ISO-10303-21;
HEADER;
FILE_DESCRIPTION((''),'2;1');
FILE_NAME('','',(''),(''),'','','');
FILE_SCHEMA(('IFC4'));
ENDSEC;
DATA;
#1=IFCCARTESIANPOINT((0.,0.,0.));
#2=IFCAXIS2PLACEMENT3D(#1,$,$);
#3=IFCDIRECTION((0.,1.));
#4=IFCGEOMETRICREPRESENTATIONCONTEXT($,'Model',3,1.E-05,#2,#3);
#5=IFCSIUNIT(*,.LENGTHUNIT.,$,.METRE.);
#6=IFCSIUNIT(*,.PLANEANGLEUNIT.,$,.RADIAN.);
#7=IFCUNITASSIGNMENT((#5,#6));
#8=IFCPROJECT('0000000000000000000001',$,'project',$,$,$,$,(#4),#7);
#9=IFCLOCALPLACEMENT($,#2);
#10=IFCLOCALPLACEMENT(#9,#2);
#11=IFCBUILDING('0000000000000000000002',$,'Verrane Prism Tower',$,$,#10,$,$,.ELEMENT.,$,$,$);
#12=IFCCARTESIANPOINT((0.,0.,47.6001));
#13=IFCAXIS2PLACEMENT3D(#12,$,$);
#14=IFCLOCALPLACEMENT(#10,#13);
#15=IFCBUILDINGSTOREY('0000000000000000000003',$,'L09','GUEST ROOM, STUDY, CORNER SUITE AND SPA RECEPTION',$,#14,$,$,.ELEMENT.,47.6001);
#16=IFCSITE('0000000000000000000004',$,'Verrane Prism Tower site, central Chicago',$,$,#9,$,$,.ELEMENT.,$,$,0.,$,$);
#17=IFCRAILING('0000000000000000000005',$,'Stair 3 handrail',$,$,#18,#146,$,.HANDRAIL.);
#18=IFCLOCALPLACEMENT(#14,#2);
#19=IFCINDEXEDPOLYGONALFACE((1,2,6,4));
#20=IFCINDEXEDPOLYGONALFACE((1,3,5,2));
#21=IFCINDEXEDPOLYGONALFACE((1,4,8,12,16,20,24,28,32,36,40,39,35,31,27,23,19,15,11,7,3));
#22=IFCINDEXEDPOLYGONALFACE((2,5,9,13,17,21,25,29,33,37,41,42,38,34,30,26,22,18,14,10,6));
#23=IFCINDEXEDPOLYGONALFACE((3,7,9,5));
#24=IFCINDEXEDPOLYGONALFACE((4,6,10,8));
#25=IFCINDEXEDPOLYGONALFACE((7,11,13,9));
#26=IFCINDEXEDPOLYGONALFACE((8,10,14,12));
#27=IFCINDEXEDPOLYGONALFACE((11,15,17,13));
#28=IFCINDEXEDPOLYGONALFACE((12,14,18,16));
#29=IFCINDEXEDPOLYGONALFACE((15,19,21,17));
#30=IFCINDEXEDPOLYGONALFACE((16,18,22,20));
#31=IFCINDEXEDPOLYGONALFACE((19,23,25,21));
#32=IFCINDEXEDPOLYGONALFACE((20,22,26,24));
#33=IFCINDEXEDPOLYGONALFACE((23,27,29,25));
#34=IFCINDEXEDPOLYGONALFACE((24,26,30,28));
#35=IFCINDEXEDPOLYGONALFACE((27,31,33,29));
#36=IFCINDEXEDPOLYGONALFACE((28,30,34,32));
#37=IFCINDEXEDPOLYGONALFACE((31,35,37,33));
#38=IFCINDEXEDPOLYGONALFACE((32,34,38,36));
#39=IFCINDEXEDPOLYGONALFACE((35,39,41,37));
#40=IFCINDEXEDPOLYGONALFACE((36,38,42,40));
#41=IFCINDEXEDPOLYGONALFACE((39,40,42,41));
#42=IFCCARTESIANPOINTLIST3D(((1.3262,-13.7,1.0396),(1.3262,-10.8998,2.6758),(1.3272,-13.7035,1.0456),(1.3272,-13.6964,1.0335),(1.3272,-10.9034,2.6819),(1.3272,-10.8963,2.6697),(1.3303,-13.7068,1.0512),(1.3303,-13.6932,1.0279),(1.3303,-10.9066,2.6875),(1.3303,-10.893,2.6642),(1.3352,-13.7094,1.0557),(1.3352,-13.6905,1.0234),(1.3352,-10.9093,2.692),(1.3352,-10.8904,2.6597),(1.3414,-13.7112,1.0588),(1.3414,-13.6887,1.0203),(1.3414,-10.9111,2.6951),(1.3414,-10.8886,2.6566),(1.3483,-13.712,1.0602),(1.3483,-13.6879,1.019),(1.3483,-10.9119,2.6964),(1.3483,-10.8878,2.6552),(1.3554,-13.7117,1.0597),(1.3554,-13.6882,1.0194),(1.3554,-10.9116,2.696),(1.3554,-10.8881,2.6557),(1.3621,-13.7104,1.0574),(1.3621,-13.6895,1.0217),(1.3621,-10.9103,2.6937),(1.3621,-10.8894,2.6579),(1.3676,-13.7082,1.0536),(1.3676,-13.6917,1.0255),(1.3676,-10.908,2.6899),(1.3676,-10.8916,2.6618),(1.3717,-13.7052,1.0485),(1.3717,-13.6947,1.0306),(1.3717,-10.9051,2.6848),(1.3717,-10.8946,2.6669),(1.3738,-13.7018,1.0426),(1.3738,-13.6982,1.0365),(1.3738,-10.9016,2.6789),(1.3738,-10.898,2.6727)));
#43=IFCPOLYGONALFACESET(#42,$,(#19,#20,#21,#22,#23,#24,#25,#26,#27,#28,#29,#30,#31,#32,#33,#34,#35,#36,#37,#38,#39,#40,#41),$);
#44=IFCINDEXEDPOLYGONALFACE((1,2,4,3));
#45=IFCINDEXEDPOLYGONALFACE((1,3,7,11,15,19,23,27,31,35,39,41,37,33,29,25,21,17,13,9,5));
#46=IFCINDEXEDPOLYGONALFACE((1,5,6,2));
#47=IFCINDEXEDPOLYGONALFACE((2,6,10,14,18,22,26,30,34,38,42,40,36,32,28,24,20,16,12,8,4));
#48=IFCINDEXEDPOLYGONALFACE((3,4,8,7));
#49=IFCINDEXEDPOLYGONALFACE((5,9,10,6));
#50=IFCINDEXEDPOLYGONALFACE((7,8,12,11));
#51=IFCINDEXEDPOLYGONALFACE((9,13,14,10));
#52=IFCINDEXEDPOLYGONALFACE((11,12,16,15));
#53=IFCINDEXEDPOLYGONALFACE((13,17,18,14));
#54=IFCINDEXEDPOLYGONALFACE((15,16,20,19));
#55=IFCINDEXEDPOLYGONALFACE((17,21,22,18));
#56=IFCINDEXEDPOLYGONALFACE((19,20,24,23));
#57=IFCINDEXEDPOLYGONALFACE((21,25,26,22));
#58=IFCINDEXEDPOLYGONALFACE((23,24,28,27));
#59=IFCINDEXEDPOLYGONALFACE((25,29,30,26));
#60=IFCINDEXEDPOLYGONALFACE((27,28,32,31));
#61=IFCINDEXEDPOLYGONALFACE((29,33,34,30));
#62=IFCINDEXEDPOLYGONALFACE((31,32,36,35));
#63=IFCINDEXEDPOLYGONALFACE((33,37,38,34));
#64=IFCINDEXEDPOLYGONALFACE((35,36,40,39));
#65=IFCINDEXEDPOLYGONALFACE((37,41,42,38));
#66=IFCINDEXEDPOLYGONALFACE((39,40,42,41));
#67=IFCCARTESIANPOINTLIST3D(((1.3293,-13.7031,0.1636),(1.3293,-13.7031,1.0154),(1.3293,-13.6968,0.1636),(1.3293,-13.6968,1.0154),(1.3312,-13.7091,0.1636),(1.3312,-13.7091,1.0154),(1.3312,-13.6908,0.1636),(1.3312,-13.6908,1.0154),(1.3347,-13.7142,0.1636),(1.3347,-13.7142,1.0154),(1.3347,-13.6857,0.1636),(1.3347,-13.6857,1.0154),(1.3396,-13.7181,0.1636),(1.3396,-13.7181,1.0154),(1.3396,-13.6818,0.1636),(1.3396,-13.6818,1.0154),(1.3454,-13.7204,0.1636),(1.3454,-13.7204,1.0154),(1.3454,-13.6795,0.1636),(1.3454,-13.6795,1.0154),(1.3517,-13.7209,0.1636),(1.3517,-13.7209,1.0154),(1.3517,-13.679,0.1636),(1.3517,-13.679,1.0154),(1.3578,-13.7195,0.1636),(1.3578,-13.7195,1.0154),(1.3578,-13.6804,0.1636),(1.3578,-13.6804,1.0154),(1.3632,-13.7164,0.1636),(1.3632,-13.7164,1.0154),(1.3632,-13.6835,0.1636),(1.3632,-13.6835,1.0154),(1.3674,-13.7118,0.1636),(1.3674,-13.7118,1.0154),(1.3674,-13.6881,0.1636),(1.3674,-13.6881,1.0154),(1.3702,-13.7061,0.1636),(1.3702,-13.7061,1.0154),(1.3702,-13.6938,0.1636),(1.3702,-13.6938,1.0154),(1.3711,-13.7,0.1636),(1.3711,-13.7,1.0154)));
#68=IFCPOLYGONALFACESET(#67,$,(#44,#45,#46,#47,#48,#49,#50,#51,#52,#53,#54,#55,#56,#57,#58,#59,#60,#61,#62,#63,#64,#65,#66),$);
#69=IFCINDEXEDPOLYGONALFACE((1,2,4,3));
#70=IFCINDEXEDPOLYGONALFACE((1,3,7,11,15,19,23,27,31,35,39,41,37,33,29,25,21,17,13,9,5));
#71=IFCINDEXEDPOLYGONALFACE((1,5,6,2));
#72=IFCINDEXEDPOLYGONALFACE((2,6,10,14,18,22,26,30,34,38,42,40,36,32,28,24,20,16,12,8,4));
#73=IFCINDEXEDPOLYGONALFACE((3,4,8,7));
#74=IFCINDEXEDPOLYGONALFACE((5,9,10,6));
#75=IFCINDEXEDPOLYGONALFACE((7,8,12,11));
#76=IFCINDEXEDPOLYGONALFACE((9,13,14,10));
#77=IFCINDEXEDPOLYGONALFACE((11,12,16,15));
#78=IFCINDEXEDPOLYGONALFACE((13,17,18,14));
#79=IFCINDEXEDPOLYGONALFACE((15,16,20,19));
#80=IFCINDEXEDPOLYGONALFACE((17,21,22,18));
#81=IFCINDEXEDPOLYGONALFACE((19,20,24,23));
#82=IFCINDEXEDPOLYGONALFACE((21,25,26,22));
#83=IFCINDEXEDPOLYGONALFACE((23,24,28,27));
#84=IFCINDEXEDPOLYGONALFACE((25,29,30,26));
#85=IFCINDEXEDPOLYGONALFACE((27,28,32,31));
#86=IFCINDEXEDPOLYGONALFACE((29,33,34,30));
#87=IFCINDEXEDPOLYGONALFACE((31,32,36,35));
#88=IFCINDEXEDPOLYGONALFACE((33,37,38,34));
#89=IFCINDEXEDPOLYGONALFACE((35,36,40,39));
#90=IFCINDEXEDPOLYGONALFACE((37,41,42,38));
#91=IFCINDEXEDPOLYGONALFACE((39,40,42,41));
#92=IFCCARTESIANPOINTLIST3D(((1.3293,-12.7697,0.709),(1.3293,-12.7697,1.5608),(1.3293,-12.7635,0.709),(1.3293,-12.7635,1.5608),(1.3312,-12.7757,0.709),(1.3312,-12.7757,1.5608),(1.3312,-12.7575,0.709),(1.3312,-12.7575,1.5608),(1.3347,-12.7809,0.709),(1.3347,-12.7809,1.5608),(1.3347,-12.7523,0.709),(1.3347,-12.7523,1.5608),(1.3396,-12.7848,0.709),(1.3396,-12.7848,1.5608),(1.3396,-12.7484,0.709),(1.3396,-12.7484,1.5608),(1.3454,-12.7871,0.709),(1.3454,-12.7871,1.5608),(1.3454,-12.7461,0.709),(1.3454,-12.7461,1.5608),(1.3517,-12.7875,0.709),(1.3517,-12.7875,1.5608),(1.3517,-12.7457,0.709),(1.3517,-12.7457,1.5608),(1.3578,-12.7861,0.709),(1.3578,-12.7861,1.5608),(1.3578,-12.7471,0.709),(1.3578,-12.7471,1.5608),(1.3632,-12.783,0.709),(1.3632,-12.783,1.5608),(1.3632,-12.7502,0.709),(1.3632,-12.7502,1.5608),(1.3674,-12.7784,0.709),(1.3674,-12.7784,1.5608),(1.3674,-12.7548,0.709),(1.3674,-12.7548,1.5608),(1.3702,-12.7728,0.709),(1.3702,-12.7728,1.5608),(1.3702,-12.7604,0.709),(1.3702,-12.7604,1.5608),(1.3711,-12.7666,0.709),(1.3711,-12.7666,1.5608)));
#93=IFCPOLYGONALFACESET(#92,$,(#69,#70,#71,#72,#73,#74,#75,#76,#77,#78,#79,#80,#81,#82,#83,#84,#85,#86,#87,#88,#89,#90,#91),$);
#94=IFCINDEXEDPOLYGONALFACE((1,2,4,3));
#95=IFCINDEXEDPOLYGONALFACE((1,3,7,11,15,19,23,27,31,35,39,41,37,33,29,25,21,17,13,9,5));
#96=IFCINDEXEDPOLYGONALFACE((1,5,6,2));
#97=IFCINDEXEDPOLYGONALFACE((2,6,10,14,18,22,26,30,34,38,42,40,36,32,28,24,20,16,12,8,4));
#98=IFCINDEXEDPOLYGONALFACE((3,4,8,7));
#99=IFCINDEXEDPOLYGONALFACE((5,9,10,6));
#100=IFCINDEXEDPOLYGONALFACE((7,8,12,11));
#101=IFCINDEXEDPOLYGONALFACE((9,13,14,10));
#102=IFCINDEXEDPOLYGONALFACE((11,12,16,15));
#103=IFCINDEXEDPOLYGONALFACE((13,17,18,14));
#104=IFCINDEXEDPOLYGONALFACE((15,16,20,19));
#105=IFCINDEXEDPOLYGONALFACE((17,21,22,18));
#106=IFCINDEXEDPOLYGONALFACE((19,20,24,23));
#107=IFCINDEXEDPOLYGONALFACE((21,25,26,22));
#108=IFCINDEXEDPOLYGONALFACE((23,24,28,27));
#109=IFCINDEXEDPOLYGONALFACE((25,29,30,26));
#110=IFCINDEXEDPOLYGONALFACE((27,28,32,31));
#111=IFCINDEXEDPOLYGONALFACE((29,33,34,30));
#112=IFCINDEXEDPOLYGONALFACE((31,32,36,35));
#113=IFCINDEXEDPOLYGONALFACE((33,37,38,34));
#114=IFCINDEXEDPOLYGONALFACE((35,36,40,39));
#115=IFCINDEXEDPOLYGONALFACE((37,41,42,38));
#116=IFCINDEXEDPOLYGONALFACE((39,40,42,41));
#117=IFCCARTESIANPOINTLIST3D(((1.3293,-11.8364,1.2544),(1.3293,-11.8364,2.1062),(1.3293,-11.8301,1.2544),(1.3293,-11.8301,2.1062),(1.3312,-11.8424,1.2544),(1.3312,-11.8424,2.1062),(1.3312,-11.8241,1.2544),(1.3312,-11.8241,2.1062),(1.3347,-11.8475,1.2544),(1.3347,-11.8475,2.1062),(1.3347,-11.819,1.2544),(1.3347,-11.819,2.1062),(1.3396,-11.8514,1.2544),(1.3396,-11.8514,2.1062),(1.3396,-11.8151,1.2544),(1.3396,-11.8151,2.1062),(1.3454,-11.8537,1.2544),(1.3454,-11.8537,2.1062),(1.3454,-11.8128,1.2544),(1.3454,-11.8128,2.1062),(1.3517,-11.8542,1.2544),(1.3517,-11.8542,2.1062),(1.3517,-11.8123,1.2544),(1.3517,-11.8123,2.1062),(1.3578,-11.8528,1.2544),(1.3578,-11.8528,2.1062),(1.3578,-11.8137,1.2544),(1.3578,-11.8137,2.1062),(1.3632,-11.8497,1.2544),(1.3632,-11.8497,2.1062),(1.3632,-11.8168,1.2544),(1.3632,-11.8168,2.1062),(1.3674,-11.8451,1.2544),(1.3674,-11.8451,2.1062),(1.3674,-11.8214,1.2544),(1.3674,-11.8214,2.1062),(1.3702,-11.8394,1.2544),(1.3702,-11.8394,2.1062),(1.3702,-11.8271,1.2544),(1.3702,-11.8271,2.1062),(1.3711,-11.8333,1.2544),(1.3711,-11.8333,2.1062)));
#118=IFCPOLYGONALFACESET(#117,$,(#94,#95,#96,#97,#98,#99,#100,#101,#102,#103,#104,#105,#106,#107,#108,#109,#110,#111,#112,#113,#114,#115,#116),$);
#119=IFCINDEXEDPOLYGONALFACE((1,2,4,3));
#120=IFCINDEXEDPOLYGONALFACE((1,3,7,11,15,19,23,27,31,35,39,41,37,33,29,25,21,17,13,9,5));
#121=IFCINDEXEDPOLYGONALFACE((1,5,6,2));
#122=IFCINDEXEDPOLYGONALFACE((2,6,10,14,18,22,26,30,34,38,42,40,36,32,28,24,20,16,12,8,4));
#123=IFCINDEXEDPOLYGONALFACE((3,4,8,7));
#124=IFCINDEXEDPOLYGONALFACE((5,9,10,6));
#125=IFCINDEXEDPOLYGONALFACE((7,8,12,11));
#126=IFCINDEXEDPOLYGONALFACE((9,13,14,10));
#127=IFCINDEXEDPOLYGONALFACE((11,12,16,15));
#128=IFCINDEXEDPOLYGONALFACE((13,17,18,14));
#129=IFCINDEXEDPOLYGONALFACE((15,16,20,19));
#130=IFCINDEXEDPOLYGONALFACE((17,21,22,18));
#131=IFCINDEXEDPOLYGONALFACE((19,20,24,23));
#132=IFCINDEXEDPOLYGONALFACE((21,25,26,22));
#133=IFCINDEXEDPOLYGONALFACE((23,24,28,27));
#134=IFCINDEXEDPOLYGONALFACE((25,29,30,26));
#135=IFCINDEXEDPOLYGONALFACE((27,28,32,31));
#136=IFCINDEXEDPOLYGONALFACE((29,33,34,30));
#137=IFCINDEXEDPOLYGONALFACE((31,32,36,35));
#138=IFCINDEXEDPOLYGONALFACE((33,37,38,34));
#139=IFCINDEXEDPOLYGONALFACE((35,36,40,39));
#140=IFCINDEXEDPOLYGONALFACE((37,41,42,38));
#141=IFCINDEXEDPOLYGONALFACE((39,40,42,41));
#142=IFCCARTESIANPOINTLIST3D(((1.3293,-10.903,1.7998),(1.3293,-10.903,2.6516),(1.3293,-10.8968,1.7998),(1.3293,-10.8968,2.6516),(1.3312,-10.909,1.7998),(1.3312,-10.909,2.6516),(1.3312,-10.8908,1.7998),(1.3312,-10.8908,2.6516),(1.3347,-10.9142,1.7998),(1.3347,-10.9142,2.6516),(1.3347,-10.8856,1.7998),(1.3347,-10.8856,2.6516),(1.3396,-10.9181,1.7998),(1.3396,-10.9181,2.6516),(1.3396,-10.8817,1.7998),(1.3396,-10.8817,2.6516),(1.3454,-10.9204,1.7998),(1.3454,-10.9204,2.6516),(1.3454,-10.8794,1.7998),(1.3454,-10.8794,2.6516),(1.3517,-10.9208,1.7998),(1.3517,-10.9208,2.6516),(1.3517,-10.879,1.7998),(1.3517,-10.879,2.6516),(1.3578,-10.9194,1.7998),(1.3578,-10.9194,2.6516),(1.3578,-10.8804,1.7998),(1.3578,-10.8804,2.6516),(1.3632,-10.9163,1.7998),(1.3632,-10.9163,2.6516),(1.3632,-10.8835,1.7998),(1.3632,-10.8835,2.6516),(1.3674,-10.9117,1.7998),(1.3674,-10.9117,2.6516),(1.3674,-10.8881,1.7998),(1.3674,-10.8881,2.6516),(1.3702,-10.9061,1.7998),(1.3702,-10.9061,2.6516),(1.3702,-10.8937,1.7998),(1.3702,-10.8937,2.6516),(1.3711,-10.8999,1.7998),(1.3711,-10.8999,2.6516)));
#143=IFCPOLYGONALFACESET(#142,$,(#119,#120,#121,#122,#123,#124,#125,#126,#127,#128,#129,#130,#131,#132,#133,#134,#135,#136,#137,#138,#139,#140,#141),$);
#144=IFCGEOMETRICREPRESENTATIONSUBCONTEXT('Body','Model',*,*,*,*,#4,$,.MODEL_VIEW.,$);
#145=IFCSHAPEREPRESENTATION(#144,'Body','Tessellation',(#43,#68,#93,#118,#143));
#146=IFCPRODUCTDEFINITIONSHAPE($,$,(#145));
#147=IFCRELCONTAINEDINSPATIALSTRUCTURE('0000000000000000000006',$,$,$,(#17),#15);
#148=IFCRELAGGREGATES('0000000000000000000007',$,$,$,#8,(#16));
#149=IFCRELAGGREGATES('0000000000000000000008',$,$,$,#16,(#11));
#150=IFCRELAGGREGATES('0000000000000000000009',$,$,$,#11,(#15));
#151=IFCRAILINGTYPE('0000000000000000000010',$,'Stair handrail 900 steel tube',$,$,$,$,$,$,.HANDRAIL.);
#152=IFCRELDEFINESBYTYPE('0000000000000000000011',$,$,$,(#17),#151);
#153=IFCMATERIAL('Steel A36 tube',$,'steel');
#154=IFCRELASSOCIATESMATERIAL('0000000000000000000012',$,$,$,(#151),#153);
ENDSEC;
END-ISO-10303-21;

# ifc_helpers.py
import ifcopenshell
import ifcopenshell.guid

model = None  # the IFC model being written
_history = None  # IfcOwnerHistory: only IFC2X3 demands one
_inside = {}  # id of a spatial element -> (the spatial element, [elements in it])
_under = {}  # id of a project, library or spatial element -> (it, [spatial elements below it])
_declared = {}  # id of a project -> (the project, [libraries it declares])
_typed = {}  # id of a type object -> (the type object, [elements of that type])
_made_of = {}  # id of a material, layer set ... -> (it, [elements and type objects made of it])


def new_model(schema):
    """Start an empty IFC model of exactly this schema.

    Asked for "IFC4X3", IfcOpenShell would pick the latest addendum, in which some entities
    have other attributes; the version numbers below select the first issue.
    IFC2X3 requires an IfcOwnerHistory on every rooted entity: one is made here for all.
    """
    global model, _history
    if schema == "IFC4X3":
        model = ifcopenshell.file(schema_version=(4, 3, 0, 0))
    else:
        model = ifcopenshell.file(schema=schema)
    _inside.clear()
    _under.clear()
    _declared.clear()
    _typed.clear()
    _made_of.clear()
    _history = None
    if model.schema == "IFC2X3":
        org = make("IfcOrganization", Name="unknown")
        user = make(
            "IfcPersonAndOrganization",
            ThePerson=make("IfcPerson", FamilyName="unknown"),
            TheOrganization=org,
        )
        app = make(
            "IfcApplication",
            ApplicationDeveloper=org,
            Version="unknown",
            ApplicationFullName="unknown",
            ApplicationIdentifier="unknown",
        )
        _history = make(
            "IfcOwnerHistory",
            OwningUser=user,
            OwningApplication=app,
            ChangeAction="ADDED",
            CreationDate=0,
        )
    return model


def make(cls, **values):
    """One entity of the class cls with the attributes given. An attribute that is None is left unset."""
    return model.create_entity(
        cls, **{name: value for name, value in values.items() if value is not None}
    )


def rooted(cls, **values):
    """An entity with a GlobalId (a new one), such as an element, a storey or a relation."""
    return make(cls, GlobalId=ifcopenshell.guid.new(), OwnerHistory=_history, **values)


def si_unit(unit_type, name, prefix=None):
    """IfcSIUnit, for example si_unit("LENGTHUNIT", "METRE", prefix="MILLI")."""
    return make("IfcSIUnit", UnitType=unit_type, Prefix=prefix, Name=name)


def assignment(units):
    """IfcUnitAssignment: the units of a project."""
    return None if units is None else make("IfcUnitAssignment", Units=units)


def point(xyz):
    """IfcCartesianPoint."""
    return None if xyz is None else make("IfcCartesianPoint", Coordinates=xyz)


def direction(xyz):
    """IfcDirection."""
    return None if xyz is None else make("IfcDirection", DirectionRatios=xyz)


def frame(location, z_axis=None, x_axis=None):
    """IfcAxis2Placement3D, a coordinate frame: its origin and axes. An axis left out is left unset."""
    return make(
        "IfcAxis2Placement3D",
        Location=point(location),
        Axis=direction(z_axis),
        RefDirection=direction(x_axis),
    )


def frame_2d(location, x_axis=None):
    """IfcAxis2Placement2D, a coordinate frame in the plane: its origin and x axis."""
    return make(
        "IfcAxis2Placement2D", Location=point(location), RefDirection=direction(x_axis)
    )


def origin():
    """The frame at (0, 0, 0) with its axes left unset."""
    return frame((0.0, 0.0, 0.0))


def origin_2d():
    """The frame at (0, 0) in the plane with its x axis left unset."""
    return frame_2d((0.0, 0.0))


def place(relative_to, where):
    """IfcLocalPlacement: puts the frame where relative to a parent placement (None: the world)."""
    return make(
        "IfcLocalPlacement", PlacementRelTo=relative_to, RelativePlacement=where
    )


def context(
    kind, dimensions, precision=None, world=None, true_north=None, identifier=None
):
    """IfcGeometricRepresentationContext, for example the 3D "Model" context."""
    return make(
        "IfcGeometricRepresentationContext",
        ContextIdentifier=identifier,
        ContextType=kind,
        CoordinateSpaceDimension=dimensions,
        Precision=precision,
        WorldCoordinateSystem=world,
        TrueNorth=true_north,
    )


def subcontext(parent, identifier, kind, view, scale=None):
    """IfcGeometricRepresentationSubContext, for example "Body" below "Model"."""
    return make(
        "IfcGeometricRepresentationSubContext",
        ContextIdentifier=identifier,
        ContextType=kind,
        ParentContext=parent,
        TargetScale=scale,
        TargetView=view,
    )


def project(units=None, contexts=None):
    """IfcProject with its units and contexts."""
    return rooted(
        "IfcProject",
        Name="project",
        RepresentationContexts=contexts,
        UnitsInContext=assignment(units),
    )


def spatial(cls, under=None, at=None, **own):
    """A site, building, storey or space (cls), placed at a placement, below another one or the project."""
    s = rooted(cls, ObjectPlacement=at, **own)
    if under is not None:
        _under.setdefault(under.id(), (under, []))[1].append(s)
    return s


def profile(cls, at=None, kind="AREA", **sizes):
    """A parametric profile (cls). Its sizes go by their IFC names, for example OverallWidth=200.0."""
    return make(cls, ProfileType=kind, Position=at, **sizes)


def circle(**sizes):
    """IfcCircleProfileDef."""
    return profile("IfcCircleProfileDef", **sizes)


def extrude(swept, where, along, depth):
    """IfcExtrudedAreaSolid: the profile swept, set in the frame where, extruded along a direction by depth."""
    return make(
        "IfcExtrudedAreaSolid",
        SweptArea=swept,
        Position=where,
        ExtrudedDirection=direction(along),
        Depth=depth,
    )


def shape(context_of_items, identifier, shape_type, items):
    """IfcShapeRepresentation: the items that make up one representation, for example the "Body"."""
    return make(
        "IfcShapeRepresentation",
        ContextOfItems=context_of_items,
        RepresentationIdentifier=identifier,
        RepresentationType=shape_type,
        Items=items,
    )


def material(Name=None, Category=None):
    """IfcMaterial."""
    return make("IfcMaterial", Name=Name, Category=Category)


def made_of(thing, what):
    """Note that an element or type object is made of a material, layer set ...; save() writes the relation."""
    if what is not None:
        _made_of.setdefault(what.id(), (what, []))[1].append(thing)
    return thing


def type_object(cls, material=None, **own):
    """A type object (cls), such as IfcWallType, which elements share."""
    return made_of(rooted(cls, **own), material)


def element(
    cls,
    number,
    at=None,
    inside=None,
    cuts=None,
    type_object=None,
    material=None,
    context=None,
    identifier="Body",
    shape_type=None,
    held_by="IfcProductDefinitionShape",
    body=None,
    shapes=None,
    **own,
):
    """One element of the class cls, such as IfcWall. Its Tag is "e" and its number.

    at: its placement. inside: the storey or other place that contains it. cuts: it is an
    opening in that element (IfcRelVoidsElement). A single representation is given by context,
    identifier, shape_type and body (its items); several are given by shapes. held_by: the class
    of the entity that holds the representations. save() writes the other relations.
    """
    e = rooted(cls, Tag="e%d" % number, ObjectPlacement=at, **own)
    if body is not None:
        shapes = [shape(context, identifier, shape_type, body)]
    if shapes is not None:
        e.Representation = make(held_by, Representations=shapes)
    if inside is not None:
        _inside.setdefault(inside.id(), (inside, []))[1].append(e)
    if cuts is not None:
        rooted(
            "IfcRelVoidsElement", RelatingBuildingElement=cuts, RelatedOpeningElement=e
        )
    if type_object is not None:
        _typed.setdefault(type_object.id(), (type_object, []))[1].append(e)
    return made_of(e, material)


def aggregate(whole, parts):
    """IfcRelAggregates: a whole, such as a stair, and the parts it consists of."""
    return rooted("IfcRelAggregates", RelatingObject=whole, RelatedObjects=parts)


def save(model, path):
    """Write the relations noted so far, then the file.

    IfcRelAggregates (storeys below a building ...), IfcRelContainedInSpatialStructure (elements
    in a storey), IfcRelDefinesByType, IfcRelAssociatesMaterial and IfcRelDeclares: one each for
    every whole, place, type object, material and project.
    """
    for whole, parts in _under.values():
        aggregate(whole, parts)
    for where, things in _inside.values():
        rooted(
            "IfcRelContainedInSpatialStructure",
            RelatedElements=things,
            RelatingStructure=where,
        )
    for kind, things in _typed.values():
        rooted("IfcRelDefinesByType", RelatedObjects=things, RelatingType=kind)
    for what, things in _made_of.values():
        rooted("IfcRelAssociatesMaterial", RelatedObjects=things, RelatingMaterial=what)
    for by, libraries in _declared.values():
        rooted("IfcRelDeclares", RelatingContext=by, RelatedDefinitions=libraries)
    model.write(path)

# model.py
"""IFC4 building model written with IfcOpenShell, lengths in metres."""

from ifc_helpers import new_model, si_unit, direction, frame, origin, origin_2d, place, context, subcontext, project, spatial, circle, extrude, material, type_object, element, save


model = new_model("IFC4")

# Units and contexts
model_context = context("Model", 3, precision=1e-05, world=origin(), true_north=direction((0.0, 1.0)))
body_context = subcontext(model_context, "Body", "Model", "MODEL_VIEW")
ifc_project = project(units=[si_unit("LENGTHUNIT", "METRE"), si_unit("PLANEANGLEUNIT", "RADIAN")], contexts=[model_context])

# Site, building, storey
site_placement = place(None, origin())
site = spatial("IfcSite", under=ifc_project, at=site_placement, Name="Verrane Prism Tower site, central Chicago", CompositionType="ELEMENT", RefElevation=0.0)
building_placement = place(site_placement, origin())
building = spatial("IfcBuilding", under=site, at=building_placement, Name="Verrane Prism Tower", CompositionType="ELEMENT")
storey_placement = place(building_placement, frame((0.0, 0.0, 47.6001)))
storey = spatial("IfcBuildingStorey", under=building, at=storey_placement, Name="L09", Description="GUEST ROOM, STUDY, CORNER SUITE AND SPA RECEPTION", CompositionType="ELEMENT", Elevation=47.6001)

# Railing
ifc_material_1 = material(Name="Steel A36 tube", Category="steel")
railing_type_1 = type_object("IfcRailingType", Name="Stair handrail 900 steel tube", PredefinedType="HANDRAIL", material=ifc_material_1)
railing_1_placement = place(storey_placement, frame((1.3501, -13.7, 0.1636)))
element("IfcRailing", 1, at=railing_1_placement, inside=storey, type_object=railing_type_1, Name="Stair 3 handrail", PredefinedType="HANDRAIL", context=body_context, shape_type="SweptSolid", body=[
    extrude(circle(Radius=0.0239, at=origin_2d()), frame((0.0, 0.0, 0.876), z_axis=(0.0, 0.863394, 0.504531), x_axis=(-1.0, 0.0, 0.0)), (0.0, 0.0, 1.0), 3.2432),
    extrude(circle(Radius=0.021, at=origin_2d()), origin(), (0.0, 0.0, 1.0), 0.8518),
    extrude(circle(Radius=0.021, at=origin_2d()), frame((0.0, 0.9333, 0.5454)), (0.0, 0.0, 1.0), 0.8518),
    extrude(circle(Radius=0.021, at=origin_2d()), frame((0.0, 1.8667, 1.0908)), (0.0, 0.0, 1.0), 0.8518),
    extrude(circle(Radius=0.021, at=origin_2d()), frame((0.0, 2.8, 1.6362)), (0.0, 0.0, 1.0), 0.8518),
])

save(model, "model.ifc")
